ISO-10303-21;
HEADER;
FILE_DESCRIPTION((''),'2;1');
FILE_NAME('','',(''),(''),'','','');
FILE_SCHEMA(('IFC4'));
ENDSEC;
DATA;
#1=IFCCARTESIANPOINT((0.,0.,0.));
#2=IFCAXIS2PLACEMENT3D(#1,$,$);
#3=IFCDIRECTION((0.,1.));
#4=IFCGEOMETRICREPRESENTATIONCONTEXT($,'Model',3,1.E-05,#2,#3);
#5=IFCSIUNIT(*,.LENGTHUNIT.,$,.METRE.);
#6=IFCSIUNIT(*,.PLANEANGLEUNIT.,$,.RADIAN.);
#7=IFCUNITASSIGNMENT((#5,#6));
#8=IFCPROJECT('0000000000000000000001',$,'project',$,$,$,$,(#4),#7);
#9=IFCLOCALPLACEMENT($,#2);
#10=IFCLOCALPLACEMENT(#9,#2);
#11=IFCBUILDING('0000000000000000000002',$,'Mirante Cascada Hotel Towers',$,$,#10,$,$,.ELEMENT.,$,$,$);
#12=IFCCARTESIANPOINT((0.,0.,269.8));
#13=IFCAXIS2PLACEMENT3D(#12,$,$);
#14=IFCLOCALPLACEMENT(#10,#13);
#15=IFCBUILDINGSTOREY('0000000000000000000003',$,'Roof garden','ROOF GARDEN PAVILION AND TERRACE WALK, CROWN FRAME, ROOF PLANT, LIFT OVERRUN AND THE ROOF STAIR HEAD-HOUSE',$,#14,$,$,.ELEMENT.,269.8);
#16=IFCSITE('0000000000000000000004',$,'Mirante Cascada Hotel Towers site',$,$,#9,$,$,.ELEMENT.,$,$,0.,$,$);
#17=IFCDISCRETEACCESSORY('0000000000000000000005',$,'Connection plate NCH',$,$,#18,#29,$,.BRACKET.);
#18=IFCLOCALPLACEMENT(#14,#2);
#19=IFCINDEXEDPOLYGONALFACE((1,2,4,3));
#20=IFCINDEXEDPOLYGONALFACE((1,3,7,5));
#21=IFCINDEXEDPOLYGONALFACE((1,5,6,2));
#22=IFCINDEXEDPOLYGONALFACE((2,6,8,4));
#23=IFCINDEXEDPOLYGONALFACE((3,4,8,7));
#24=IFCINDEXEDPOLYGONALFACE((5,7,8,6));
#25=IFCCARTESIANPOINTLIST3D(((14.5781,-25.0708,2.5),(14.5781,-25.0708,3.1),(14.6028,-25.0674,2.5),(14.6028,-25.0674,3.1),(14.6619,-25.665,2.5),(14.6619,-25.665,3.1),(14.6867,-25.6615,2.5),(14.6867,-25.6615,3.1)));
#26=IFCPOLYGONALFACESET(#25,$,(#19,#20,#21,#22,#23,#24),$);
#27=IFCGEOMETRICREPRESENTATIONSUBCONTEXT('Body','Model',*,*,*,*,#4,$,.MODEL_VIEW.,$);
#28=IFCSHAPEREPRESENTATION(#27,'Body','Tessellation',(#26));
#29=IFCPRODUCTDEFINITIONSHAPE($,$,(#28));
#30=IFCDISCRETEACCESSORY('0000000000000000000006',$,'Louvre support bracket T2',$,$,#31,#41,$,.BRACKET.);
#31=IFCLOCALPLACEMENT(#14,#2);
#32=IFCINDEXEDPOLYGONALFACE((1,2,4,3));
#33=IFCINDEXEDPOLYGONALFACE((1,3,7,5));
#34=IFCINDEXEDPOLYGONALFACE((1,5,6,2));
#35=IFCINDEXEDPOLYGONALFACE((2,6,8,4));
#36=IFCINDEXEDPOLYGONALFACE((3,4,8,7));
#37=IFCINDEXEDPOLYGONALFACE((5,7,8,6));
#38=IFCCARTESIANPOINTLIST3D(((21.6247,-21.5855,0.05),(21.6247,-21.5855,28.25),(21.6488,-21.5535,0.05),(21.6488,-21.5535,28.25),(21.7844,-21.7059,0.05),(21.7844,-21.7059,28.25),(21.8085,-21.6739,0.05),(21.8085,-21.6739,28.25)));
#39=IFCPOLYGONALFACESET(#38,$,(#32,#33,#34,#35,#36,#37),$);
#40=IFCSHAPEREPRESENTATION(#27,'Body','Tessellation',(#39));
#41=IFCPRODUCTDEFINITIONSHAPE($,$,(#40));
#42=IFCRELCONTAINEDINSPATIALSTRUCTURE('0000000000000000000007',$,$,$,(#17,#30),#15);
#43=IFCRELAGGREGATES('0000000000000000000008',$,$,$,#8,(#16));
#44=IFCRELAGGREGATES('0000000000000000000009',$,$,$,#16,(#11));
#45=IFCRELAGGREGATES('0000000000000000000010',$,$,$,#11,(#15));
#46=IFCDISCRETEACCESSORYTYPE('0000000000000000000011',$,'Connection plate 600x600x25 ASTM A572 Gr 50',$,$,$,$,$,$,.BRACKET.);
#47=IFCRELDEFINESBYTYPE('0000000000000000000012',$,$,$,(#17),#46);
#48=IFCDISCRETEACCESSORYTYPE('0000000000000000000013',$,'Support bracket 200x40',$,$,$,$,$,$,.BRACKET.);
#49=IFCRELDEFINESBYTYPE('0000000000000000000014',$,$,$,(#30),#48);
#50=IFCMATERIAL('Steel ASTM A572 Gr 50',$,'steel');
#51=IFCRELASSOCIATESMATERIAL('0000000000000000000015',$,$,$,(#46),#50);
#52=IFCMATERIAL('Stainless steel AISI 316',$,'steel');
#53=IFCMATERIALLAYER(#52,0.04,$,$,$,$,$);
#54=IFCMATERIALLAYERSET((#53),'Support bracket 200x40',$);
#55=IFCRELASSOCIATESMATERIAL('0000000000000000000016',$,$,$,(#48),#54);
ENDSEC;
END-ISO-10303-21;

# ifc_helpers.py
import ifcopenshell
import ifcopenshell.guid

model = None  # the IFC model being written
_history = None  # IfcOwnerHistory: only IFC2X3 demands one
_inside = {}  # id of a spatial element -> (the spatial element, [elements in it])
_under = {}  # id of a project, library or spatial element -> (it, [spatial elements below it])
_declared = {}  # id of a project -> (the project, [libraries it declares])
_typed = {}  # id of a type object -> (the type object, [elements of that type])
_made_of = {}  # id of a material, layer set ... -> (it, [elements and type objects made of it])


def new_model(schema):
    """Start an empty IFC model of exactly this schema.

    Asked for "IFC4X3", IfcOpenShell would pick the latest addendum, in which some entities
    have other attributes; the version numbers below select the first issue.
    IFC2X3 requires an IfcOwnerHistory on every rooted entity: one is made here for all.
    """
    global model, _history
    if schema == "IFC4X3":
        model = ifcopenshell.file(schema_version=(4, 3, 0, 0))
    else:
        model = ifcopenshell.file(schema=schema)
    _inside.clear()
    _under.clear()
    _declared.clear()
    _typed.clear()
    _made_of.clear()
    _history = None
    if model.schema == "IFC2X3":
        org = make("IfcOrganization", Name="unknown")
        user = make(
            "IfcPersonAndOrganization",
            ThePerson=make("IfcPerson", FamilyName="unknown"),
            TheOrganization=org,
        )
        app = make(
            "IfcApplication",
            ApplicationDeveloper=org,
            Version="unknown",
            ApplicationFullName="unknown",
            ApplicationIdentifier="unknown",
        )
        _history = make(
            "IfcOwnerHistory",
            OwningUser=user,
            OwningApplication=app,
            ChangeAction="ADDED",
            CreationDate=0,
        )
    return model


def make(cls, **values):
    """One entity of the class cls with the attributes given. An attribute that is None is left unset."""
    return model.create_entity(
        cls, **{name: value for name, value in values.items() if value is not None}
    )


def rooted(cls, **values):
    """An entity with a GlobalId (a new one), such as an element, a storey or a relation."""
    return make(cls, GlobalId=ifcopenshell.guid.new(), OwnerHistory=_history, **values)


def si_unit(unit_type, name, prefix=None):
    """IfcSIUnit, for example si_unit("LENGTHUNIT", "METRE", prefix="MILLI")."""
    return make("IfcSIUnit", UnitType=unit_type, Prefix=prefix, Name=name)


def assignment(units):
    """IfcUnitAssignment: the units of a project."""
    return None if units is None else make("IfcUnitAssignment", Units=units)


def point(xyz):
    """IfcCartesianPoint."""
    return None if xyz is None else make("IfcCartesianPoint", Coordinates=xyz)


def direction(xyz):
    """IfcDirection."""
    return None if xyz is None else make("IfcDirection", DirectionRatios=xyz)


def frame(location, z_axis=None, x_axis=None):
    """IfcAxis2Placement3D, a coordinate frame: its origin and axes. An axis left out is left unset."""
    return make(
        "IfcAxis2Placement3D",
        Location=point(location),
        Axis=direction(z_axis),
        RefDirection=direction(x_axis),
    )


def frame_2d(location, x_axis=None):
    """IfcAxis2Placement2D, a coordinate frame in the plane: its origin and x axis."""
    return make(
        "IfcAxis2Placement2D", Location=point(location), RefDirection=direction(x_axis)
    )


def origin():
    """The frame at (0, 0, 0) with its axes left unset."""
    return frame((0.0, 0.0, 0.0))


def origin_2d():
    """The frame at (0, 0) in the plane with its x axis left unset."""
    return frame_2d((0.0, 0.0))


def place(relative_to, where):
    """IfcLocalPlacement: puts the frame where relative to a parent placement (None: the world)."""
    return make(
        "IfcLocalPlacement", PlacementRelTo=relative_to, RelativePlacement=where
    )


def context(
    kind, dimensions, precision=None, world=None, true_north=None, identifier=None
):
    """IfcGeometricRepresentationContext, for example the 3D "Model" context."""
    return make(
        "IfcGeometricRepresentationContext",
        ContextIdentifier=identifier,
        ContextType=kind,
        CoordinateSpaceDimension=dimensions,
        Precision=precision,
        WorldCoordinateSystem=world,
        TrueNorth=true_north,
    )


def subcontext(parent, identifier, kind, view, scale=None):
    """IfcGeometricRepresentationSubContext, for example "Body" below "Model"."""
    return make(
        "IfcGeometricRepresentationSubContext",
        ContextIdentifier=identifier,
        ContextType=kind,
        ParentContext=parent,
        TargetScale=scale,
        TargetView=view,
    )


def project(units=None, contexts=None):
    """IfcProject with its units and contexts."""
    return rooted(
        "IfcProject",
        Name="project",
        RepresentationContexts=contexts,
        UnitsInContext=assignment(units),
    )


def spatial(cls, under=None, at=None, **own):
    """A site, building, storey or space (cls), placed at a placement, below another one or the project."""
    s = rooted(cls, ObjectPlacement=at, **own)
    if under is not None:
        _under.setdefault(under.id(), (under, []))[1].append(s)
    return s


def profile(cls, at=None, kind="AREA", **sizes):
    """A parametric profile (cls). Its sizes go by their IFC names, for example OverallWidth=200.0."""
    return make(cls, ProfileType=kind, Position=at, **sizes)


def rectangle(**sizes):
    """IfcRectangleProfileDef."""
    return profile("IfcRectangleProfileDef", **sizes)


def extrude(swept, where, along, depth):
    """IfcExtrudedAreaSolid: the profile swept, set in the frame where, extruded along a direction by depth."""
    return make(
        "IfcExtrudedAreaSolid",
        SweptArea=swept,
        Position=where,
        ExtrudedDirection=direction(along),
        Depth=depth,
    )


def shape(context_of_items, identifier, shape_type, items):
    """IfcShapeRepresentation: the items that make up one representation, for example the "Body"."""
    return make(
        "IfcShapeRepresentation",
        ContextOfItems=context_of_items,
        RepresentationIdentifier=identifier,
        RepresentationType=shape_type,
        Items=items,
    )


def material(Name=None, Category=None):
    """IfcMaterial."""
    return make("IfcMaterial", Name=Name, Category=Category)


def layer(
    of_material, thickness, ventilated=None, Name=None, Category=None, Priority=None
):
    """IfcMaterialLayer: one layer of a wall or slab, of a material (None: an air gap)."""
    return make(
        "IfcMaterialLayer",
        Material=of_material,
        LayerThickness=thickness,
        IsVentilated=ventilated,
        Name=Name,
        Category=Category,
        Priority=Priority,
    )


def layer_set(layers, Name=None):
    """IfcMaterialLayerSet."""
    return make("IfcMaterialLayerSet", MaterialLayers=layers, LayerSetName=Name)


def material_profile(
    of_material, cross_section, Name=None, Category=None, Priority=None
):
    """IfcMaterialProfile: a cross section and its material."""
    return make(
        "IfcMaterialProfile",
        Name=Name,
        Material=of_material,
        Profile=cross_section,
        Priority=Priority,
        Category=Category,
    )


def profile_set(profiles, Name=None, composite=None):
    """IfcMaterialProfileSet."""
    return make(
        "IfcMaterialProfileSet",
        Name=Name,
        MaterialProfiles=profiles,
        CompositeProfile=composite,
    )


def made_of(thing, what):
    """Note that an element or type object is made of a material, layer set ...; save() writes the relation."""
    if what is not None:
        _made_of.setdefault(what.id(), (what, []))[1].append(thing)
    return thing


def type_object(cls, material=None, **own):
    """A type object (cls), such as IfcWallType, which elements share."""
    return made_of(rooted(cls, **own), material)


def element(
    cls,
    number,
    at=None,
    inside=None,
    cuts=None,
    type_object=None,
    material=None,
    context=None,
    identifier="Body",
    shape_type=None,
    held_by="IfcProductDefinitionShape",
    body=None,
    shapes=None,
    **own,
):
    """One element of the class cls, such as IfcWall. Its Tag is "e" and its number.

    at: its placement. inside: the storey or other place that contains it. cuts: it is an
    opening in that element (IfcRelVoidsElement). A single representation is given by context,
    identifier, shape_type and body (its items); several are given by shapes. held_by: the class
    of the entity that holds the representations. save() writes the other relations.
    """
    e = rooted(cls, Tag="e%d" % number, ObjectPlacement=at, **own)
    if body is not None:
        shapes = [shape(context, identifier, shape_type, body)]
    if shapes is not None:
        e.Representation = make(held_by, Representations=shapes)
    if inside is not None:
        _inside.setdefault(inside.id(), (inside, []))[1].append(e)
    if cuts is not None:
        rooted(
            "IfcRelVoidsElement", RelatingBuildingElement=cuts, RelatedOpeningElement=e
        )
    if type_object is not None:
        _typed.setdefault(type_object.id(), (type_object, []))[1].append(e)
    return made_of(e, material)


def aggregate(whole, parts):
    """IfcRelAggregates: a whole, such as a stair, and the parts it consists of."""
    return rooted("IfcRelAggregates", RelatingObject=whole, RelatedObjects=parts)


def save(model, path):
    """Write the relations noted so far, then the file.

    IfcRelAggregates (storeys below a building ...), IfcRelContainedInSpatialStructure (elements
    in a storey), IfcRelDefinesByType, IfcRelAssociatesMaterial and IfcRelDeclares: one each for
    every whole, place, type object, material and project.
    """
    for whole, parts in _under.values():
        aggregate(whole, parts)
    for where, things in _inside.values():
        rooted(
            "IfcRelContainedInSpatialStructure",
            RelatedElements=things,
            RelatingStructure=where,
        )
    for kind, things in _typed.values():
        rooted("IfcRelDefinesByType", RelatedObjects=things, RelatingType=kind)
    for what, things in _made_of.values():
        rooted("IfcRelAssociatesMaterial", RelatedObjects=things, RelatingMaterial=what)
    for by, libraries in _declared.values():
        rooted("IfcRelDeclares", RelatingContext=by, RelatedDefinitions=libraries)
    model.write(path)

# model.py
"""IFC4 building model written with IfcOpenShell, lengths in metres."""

from ifc_helpers import new_model, si_unit, direction, frame, origin, origin_2d, place, context, subcontext, project, spatial, rectangle, extrude, material, layer, layer_set, material_profile, profile_set, type_object, element, save


model = new_model("IFC4")

# Units and contexts
model_context = context("Model", 3, precision=1e-05, world=origin(), true_north=direction((0.0, 1.0)))
body_context = subcontext(model_context, "Body", "Model", "MODEL_VIEW")
ifc_project = project(units=[si_unit("LENGTHUNIT", "METRE"), si_unit("PLANEANGLEUNIT", "RADIAN")], contexts=[model_context])

# Site, building, storey
site_placement = place(None, origin())
site = spatial("IfcSite", under=ifc_project, at=site_placement, Name="Mirante Cascada Hotel Towers site", CompositionType="ELEMENT", RefElevation=0.0)
building_placement = place(site_placement, origin())
building = spatial("IfcBuilding", under=site, at=building_placement, Name="Mirante Cascada Hotel Towers", CompositionType="ELEMENT")
storey_placement = place(building_placement, frame((0.0, 0.0, 269.8)))
storey = spatial("IfcBuildingStorey", under=building, at=storey_placement, Name="Roof garden", Description="ROOF GARDEN PAVILION AND TERRACE WALK, CROWN FRAME, ROOF PLANT, LIFT OVERRUN AND THE ROOF STAIR HEAD-HOUSE", CompositionType="ELEMENT", Elevation=269.8)

# Discrete accessories
ifc_material_1 = material(Name="Steel ASTM A572 Gr 50", Category="steel")
ifc_material_profile_1 = material_profile(ifc_material_1, rectangle(XDim=0.6, YDim=0.6, at=origin_2d()), Name="Connection plate 600x600x25 ASTM A572 Gr 50")
ifc_profile_set_1 = profile_set([ifc_material_profile_1], Name="Steel ASTM A572 Gr 50")
discrete_accessory_type_1 = type_object("IfcDiscreteAccessoryType", Name="Connection plate 600x600x25 ASTM A572 Gr 50", PredefinedType="BRACKET", material=ifc_profile_set_1)
discrete_accessory_1_placement = place(storey_placement, frame((14.62, -25.3679, 2.8), z_axis=(0.990188, 0.139744, 0.0), x_axis=(-0.139744, 0.990188, 0.0)))
element("IfcDiscreteAccessory", 1, at=discrete_accessory_1_placement, inside=storey, type_object=discrete_accessory_type_1, Name="Connection plate NCH", PredefinedType="BRACKET", context=body_context, shape_type="SweptSolid", body=[
    extrude(rectangle(XDim=0.6, YDim=0.6, at=origin_2d()), origin(), (0.0, 0.0, 1.0), 0.025),
])
ifc_material_2 = material(Name="Stainless steel AISI 316", Category="steel")
ifc_layer_1 = layer(ifc_material_2, 0.04)
ifc_layer_set_1 = layer_set([ifc_layer_1], Name="Support bracket 200x40")
discrete_accessory_type_2 = type_object("IfcDiscreteAccessoryType", Name="Support bracket 200x40", PredefinedType="BRACKET", material=ifc_layer_set_1)
discrete_accessory_2_placement = place(storey_placement, frame((21.7166, -21.6297, 0.05), z_axis=(0.0, 0.0, 1.0), x_axis=(-0.798636, 0.601815, 0.0)))
element("IfcDiscreteAccessory", 2, at=discrete_accessory_2_placement, inside=storey, type_object=discrete_accessory_type_2, Name="Louvre support bracket T2", PredefinedType="BRACKET", context=body_context, shape_type="SweptSolid", body=[
    extrude(rectangle(XDim=0.2, YDim=0.04, at=origin_2d()), origin(), (0.0, 0.0, 1.0), 28.2),
])

save(model, "model.ifc")
